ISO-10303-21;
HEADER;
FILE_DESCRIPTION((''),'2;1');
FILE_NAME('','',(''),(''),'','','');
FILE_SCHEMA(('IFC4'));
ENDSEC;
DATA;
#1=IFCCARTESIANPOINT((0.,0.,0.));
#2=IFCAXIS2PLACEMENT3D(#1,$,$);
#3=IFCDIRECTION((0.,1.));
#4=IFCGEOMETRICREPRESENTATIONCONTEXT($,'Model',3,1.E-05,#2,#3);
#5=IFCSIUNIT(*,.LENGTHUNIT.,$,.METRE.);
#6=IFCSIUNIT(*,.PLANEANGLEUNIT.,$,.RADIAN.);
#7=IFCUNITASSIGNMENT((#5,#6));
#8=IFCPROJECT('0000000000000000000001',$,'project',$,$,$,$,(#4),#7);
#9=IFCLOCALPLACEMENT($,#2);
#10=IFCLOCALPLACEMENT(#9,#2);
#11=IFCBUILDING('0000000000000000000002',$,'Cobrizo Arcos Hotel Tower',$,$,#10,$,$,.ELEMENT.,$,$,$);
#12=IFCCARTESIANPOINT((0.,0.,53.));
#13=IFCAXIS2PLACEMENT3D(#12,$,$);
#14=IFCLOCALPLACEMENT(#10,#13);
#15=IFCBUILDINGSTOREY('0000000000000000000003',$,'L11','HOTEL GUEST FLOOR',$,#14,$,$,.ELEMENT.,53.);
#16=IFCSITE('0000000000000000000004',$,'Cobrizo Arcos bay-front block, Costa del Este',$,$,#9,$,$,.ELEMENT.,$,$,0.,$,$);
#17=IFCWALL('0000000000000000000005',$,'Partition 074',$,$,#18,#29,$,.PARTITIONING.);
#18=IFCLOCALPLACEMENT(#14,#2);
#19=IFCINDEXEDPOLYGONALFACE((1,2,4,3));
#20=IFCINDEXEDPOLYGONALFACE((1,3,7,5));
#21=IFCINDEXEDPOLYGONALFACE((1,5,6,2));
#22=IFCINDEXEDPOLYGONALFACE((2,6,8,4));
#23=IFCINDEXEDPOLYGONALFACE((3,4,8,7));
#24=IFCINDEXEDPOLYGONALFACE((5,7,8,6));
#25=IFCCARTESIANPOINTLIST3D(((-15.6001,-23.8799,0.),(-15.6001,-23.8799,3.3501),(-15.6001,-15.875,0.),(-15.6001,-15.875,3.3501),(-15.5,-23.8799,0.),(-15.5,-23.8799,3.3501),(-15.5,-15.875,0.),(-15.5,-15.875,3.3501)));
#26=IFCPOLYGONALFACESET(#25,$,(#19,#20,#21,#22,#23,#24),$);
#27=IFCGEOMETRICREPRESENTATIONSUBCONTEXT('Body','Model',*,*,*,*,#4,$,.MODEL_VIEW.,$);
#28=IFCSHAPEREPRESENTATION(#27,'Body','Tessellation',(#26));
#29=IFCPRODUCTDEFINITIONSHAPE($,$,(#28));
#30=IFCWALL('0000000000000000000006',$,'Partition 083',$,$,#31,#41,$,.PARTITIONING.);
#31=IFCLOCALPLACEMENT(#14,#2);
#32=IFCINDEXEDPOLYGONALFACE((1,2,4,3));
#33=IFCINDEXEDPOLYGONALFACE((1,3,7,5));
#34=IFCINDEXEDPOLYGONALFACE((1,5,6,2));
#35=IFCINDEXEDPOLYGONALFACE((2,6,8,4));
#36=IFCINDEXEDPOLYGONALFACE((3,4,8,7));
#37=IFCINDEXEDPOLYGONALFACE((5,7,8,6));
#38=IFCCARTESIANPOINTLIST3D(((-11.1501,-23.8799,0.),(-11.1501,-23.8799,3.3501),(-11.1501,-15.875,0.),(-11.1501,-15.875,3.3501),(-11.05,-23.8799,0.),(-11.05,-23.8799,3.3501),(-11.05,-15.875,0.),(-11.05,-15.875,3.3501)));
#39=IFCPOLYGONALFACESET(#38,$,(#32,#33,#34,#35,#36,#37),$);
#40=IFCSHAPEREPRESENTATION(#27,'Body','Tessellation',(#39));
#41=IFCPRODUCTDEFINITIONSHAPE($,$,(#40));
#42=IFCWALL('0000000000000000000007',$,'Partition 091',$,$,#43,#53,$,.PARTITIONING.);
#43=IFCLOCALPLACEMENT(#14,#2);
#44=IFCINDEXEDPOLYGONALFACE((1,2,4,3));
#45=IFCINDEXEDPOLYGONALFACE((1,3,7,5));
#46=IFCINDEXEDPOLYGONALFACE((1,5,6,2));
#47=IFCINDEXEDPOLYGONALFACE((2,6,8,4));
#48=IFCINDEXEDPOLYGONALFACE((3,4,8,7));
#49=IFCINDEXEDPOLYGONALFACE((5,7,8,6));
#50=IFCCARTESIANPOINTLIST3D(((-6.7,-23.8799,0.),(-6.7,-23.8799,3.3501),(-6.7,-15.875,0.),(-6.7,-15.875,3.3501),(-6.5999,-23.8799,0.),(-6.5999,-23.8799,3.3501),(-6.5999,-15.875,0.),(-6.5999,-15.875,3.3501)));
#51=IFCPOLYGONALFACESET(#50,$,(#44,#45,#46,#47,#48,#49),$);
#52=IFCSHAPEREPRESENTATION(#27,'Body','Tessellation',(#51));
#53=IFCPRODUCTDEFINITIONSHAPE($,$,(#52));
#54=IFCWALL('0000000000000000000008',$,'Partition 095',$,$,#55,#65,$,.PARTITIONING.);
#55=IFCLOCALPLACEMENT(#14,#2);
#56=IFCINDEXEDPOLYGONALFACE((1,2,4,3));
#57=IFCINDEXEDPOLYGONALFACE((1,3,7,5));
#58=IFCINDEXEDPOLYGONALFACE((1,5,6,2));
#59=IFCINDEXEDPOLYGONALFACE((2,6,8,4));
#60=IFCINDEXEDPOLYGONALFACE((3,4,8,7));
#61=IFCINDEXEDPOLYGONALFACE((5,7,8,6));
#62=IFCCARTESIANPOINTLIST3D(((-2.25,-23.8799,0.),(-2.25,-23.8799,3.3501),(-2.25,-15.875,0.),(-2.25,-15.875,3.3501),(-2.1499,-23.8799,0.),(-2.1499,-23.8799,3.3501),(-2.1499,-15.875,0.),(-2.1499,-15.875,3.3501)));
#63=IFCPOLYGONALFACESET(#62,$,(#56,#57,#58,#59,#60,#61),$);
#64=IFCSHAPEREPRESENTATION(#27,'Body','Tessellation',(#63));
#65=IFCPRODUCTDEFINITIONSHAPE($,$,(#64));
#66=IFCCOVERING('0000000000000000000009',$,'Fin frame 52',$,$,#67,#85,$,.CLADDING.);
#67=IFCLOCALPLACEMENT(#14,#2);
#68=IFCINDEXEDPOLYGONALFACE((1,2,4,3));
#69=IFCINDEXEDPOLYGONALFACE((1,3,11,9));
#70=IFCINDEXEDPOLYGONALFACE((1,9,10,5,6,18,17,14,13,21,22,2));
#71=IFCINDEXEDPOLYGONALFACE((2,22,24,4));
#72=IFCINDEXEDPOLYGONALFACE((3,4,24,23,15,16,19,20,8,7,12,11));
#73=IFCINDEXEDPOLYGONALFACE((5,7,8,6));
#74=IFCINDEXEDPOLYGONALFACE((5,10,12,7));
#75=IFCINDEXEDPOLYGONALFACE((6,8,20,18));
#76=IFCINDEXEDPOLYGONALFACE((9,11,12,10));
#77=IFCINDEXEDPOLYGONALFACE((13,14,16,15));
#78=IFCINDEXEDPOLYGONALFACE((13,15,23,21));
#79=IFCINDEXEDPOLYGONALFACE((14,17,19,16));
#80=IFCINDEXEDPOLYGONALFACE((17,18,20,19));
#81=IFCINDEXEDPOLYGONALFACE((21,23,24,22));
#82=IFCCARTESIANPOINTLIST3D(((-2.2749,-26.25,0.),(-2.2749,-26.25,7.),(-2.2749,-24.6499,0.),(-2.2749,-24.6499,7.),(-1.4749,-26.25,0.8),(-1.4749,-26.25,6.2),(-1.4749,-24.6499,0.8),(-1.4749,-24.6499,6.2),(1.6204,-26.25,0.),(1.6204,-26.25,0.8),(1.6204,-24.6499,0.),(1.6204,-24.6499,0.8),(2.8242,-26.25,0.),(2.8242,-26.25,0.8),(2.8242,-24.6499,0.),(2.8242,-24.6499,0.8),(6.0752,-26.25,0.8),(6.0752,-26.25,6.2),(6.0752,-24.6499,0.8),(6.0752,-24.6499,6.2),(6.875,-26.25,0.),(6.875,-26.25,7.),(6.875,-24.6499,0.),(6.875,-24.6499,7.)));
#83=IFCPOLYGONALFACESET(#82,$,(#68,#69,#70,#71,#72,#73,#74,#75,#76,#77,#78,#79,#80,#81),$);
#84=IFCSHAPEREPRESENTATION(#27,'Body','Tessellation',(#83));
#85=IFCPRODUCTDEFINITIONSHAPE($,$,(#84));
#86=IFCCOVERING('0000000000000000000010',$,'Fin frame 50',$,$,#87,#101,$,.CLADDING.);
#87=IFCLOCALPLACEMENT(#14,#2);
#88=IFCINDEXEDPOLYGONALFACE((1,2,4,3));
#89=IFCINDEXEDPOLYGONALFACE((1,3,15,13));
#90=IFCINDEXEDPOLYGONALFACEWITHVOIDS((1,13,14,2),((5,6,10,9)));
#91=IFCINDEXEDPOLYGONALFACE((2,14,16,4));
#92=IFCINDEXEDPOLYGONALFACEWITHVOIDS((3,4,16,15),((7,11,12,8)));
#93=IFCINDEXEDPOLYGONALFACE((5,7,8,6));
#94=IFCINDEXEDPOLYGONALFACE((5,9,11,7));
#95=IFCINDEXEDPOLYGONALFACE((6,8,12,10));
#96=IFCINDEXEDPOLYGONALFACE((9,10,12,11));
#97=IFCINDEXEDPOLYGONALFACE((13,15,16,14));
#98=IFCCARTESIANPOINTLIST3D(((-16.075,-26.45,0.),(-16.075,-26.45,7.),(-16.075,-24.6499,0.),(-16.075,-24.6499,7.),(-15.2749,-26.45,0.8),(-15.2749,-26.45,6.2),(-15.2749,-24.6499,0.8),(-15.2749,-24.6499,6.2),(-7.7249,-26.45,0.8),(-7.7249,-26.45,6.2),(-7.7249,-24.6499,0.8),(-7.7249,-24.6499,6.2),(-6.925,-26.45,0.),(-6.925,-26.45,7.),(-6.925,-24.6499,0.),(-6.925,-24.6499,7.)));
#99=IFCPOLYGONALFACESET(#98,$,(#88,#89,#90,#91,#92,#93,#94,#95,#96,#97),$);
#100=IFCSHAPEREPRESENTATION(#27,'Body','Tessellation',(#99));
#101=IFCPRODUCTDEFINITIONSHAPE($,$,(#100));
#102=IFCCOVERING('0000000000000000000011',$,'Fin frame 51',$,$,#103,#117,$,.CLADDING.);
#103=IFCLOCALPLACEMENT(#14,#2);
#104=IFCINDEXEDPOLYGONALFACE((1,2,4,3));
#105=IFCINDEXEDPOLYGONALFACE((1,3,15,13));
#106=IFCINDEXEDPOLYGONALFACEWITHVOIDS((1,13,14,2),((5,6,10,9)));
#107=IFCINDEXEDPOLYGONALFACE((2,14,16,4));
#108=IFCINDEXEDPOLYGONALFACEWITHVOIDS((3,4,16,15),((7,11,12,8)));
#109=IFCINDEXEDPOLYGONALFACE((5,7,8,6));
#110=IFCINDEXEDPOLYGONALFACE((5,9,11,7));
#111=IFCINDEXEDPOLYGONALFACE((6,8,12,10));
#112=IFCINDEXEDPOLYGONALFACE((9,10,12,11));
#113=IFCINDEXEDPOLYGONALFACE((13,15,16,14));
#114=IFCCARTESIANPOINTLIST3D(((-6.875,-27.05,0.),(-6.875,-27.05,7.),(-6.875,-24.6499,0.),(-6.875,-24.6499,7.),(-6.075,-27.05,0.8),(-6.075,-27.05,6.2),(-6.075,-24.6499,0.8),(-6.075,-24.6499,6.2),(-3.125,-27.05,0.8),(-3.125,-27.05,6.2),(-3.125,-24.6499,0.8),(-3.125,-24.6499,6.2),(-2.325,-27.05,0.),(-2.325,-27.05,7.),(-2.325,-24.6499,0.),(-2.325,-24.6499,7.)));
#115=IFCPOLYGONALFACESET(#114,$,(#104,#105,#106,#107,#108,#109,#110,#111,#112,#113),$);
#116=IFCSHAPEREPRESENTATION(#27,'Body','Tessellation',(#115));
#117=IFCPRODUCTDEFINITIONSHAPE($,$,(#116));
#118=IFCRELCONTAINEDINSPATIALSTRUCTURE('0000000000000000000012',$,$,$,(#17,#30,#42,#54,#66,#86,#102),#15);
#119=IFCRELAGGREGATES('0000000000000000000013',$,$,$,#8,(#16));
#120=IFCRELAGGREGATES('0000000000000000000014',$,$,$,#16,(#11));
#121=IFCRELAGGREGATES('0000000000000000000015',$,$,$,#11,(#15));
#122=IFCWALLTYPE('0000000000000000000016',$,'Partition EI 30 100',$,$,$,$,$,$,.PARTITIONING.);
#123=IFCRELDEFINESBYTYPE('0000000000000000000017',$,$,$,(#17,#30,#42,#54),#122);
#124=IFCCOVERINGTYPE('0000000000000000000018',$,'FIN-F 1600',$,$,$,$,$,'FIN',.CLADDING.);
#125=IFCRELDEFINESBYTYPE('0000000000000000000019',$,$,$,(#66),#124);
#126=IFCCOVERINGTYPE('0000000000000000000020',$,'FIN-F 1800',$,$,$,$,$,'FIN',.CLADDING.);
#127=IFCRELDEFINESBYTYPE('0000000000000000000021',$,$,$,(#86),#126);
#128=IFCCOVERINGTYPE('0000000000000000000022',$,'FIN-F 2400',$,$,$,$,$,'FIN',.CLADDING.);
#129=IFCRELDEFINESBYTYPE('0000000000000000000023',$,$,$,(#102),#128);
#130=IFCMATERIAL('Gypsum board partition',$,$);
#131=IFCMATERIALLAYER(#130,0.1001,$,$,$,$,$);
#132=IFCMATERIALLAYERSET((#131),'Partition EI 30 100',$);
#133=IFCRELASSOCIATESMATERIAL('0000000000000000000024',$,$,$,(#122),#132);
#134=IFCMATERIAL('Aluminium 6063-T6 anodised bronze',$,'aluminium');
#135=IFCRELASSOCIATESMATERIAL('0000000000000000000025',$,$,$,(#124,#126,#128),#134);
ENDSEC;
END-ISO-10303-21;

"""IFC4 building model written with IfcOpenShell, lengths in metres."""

from ifc_helpers import new_model, si_unit, direction, frame, frame_2d, origin, place, context, subcontext, project, spatial, polyline, rectangle, outline, extrude, material, layer, layer_set, type_object, element, save


model = new_model("IFC4")

# Units and contexts
model_context = context("Model", 3, precision=1e-05, world=origin(), true_north=direction((0.0, 1.0)))
body_context = subcontext(model_context, "Body", "Model", "MODEL_VIEW")
ifc_project = project(units=[si_unit("LENGTHUNIT", "METRE"), si_unit("PLANEANGLEUNIT", "RADIAN")], contexts=[model_context])

# Site, building, storey
site_placement = place(None, origin())
site = spatial("IfcSite", under=ifc_project, at=site_placement, Name="Cobrizo Arcos bay-front block, Costa del Este", CompositionType="ELEMENT", RefElevation=0.0)
building_placement = place(site_placement, origin())
building = spatial("IfcBuilding", under=site, at=building_placement, Name="Cobrizo Arcos Hotel Tower", CompositionType="ELEMENT")
storey_placement = place(building_placement, frame((0.0, 0.0, 53.0)))
storey = spatial("IfcBuildingStorey", under=building, at=storey_placement, Name="L11", Description="HOTEL GUEST FLOOR", CompositionType="ELEMENT", Elevation=53.0)

# Shared definitions
ifc_material_1 = material(Name="Aluminium 6063-T6 anodised bronze", Category="aluminium")

# Walls
ifc_material_2 = material(Name="Gypsum board partition")
ifc_layer_1 = layer(ifc_material_2, 0.1001)
ifc_layer_set_1 = layer_set([ifc_layer_1], Name="Partition EI 30 100")
wall_type = type_object("IfcWallType", Name="Partition EI 30 100", PredefinedType="PARTITIONING", material=ifc_layer_set_1)
for number, where, z_axis, x_axis, name in (
    (1, (-15.55, -23.8799, 0.0), (0.0, 0.0, 1.0), (0.0, 1.0, 0.0), "Partition 074"),
    (2, (-11.1001, -23.8799, 0.0), (0.0, 0.0, 1.0), (0.0, 1.0, 0.0), "Partition 083"),
    (3, (-6.6499, -23.8799, 0.0), (0.0, 0.0, 1.0), (0.0, 1.0, 0.0), "Partition 091"),
    (4, (-2.2, -23.8799, 0.0), (0.0, 0.0, 1.0), (0.0, 1.0, 0.0), "Partition 095"),
):
    element("IfcWall", number, at=place(storey_placement, frame(where, z_axis=z_axis, x_axis=x_axis)), inside=storey, type_object=wall_type, Name=name, PredefinedType="PARTITIONING", context=body_context, shape_type="SweptSolid", body=[
        extrude(rectangle(XDim=8.0049, YDim=0.1001, at=frame_2d((4.0024, 0.0))), origin(), (0.0, 0.0, 1.0), 3.3501),
    ])

# Coverings
covering_type_1 = type_object("IfcCoveringType", Name="FIN-F 1600", ElementType="FIN", PredefinedType="CLADDING", material=ifc_material_1)
covering_1_placement = place(storey_placement, frame((-2.2749, -24.6499, 0.0), z_axis=(0.0, -1.0, 0.0), x_axis=(1.0, 0.0, 0.0)))
element("IfcCovering", 5, at=covering_1_placement, inside=storey, type_object=covering_type_1, Name="Fin frame 52", PredefinedType="CLADDING", context=body_context, shape_type="SweptSolid", body=[
    extrude(outline(polyline([(0.0, 0.0), (3.8953, 0.0), (3.8953, 0.8), (0.8, 0.8), (0.8, 6.2), (8.3501, 6.2), (8.3501, 0.8), (5.0991, 0.8), (5.0991, 0.0), (9.1499, 0.0), (9.1499, 7.0), (0.0, 7.0), (0.0, 0.0)])), origin(), (0.0, 0.0, 1.0), 1.6001),
])
covering_type_2 = type_object("IfcCoveringType", Name="FIN-F 1800", ElementType="FIN", PredefinedType="CLADDING", material=ifc_material_1)
covering_2_placement = place(storey_placement, frame((-16.075, -24.6499, 0.0), z_axis=(0.0, -1.0, 0.0), x_axis=(1.0, 0.0, 0.0)))
element("IfcCovering", 6, at=covering_2_placement, inside=storey, type_object=covering_type_2, Name="Fin frame 50", PredefinedType="CLADDING", context=body_context, shape_type="SweptSolid", body=[
    extrude(outline(polyline([(0.0, 7.0), (0.0, 0.0), (9.1499, 0.0), (9.1499, 7.0), (0.0, 7.0)]), holes=[polyline([(8.3501, 0.8), (0.8, 0.8), (0.8, 6.2), (8.3501, 6.2), (8.3501, 0.8)])]), origin(), (0.0, 0.0, 1.0), 1.8),
])
covering_type_3 = type_object("IfcCoveringType", Name="FIN-F 2400", ElementType="FIN", PredefinedType="CLADDING", material=ifc_material_1)
covering_3_placement = place(storey_placement, frame((-6.875, -24.6499, 0.0), z_axis=(0.0, -1.0, 0.0), x_axis=(1.0, 0.0, 0.0)))
element("IfcCovering", 7, at=covering_3_placement, inside=storey, type_object=covering_type_3, Name="Fin frame 51", PredefinedType="CLADDING", context=body_context, shape_type="SweptSolid", body=[
    extrude(outline(polyline([(0.0, 7.0), (0.0, 0.0), (4.55, 0.0), (4.55, 7.0), (0.0, 7.0)]), holes=[polyline([(3.75, 0.8), (0.8, 0.8), (0.8, 6.2), (3.75, 6.2), (3.75, 0.8)])]), origin(), (0.0, 0.0, 1.0), 2.4001),
])

save(model, "model.ifc")
